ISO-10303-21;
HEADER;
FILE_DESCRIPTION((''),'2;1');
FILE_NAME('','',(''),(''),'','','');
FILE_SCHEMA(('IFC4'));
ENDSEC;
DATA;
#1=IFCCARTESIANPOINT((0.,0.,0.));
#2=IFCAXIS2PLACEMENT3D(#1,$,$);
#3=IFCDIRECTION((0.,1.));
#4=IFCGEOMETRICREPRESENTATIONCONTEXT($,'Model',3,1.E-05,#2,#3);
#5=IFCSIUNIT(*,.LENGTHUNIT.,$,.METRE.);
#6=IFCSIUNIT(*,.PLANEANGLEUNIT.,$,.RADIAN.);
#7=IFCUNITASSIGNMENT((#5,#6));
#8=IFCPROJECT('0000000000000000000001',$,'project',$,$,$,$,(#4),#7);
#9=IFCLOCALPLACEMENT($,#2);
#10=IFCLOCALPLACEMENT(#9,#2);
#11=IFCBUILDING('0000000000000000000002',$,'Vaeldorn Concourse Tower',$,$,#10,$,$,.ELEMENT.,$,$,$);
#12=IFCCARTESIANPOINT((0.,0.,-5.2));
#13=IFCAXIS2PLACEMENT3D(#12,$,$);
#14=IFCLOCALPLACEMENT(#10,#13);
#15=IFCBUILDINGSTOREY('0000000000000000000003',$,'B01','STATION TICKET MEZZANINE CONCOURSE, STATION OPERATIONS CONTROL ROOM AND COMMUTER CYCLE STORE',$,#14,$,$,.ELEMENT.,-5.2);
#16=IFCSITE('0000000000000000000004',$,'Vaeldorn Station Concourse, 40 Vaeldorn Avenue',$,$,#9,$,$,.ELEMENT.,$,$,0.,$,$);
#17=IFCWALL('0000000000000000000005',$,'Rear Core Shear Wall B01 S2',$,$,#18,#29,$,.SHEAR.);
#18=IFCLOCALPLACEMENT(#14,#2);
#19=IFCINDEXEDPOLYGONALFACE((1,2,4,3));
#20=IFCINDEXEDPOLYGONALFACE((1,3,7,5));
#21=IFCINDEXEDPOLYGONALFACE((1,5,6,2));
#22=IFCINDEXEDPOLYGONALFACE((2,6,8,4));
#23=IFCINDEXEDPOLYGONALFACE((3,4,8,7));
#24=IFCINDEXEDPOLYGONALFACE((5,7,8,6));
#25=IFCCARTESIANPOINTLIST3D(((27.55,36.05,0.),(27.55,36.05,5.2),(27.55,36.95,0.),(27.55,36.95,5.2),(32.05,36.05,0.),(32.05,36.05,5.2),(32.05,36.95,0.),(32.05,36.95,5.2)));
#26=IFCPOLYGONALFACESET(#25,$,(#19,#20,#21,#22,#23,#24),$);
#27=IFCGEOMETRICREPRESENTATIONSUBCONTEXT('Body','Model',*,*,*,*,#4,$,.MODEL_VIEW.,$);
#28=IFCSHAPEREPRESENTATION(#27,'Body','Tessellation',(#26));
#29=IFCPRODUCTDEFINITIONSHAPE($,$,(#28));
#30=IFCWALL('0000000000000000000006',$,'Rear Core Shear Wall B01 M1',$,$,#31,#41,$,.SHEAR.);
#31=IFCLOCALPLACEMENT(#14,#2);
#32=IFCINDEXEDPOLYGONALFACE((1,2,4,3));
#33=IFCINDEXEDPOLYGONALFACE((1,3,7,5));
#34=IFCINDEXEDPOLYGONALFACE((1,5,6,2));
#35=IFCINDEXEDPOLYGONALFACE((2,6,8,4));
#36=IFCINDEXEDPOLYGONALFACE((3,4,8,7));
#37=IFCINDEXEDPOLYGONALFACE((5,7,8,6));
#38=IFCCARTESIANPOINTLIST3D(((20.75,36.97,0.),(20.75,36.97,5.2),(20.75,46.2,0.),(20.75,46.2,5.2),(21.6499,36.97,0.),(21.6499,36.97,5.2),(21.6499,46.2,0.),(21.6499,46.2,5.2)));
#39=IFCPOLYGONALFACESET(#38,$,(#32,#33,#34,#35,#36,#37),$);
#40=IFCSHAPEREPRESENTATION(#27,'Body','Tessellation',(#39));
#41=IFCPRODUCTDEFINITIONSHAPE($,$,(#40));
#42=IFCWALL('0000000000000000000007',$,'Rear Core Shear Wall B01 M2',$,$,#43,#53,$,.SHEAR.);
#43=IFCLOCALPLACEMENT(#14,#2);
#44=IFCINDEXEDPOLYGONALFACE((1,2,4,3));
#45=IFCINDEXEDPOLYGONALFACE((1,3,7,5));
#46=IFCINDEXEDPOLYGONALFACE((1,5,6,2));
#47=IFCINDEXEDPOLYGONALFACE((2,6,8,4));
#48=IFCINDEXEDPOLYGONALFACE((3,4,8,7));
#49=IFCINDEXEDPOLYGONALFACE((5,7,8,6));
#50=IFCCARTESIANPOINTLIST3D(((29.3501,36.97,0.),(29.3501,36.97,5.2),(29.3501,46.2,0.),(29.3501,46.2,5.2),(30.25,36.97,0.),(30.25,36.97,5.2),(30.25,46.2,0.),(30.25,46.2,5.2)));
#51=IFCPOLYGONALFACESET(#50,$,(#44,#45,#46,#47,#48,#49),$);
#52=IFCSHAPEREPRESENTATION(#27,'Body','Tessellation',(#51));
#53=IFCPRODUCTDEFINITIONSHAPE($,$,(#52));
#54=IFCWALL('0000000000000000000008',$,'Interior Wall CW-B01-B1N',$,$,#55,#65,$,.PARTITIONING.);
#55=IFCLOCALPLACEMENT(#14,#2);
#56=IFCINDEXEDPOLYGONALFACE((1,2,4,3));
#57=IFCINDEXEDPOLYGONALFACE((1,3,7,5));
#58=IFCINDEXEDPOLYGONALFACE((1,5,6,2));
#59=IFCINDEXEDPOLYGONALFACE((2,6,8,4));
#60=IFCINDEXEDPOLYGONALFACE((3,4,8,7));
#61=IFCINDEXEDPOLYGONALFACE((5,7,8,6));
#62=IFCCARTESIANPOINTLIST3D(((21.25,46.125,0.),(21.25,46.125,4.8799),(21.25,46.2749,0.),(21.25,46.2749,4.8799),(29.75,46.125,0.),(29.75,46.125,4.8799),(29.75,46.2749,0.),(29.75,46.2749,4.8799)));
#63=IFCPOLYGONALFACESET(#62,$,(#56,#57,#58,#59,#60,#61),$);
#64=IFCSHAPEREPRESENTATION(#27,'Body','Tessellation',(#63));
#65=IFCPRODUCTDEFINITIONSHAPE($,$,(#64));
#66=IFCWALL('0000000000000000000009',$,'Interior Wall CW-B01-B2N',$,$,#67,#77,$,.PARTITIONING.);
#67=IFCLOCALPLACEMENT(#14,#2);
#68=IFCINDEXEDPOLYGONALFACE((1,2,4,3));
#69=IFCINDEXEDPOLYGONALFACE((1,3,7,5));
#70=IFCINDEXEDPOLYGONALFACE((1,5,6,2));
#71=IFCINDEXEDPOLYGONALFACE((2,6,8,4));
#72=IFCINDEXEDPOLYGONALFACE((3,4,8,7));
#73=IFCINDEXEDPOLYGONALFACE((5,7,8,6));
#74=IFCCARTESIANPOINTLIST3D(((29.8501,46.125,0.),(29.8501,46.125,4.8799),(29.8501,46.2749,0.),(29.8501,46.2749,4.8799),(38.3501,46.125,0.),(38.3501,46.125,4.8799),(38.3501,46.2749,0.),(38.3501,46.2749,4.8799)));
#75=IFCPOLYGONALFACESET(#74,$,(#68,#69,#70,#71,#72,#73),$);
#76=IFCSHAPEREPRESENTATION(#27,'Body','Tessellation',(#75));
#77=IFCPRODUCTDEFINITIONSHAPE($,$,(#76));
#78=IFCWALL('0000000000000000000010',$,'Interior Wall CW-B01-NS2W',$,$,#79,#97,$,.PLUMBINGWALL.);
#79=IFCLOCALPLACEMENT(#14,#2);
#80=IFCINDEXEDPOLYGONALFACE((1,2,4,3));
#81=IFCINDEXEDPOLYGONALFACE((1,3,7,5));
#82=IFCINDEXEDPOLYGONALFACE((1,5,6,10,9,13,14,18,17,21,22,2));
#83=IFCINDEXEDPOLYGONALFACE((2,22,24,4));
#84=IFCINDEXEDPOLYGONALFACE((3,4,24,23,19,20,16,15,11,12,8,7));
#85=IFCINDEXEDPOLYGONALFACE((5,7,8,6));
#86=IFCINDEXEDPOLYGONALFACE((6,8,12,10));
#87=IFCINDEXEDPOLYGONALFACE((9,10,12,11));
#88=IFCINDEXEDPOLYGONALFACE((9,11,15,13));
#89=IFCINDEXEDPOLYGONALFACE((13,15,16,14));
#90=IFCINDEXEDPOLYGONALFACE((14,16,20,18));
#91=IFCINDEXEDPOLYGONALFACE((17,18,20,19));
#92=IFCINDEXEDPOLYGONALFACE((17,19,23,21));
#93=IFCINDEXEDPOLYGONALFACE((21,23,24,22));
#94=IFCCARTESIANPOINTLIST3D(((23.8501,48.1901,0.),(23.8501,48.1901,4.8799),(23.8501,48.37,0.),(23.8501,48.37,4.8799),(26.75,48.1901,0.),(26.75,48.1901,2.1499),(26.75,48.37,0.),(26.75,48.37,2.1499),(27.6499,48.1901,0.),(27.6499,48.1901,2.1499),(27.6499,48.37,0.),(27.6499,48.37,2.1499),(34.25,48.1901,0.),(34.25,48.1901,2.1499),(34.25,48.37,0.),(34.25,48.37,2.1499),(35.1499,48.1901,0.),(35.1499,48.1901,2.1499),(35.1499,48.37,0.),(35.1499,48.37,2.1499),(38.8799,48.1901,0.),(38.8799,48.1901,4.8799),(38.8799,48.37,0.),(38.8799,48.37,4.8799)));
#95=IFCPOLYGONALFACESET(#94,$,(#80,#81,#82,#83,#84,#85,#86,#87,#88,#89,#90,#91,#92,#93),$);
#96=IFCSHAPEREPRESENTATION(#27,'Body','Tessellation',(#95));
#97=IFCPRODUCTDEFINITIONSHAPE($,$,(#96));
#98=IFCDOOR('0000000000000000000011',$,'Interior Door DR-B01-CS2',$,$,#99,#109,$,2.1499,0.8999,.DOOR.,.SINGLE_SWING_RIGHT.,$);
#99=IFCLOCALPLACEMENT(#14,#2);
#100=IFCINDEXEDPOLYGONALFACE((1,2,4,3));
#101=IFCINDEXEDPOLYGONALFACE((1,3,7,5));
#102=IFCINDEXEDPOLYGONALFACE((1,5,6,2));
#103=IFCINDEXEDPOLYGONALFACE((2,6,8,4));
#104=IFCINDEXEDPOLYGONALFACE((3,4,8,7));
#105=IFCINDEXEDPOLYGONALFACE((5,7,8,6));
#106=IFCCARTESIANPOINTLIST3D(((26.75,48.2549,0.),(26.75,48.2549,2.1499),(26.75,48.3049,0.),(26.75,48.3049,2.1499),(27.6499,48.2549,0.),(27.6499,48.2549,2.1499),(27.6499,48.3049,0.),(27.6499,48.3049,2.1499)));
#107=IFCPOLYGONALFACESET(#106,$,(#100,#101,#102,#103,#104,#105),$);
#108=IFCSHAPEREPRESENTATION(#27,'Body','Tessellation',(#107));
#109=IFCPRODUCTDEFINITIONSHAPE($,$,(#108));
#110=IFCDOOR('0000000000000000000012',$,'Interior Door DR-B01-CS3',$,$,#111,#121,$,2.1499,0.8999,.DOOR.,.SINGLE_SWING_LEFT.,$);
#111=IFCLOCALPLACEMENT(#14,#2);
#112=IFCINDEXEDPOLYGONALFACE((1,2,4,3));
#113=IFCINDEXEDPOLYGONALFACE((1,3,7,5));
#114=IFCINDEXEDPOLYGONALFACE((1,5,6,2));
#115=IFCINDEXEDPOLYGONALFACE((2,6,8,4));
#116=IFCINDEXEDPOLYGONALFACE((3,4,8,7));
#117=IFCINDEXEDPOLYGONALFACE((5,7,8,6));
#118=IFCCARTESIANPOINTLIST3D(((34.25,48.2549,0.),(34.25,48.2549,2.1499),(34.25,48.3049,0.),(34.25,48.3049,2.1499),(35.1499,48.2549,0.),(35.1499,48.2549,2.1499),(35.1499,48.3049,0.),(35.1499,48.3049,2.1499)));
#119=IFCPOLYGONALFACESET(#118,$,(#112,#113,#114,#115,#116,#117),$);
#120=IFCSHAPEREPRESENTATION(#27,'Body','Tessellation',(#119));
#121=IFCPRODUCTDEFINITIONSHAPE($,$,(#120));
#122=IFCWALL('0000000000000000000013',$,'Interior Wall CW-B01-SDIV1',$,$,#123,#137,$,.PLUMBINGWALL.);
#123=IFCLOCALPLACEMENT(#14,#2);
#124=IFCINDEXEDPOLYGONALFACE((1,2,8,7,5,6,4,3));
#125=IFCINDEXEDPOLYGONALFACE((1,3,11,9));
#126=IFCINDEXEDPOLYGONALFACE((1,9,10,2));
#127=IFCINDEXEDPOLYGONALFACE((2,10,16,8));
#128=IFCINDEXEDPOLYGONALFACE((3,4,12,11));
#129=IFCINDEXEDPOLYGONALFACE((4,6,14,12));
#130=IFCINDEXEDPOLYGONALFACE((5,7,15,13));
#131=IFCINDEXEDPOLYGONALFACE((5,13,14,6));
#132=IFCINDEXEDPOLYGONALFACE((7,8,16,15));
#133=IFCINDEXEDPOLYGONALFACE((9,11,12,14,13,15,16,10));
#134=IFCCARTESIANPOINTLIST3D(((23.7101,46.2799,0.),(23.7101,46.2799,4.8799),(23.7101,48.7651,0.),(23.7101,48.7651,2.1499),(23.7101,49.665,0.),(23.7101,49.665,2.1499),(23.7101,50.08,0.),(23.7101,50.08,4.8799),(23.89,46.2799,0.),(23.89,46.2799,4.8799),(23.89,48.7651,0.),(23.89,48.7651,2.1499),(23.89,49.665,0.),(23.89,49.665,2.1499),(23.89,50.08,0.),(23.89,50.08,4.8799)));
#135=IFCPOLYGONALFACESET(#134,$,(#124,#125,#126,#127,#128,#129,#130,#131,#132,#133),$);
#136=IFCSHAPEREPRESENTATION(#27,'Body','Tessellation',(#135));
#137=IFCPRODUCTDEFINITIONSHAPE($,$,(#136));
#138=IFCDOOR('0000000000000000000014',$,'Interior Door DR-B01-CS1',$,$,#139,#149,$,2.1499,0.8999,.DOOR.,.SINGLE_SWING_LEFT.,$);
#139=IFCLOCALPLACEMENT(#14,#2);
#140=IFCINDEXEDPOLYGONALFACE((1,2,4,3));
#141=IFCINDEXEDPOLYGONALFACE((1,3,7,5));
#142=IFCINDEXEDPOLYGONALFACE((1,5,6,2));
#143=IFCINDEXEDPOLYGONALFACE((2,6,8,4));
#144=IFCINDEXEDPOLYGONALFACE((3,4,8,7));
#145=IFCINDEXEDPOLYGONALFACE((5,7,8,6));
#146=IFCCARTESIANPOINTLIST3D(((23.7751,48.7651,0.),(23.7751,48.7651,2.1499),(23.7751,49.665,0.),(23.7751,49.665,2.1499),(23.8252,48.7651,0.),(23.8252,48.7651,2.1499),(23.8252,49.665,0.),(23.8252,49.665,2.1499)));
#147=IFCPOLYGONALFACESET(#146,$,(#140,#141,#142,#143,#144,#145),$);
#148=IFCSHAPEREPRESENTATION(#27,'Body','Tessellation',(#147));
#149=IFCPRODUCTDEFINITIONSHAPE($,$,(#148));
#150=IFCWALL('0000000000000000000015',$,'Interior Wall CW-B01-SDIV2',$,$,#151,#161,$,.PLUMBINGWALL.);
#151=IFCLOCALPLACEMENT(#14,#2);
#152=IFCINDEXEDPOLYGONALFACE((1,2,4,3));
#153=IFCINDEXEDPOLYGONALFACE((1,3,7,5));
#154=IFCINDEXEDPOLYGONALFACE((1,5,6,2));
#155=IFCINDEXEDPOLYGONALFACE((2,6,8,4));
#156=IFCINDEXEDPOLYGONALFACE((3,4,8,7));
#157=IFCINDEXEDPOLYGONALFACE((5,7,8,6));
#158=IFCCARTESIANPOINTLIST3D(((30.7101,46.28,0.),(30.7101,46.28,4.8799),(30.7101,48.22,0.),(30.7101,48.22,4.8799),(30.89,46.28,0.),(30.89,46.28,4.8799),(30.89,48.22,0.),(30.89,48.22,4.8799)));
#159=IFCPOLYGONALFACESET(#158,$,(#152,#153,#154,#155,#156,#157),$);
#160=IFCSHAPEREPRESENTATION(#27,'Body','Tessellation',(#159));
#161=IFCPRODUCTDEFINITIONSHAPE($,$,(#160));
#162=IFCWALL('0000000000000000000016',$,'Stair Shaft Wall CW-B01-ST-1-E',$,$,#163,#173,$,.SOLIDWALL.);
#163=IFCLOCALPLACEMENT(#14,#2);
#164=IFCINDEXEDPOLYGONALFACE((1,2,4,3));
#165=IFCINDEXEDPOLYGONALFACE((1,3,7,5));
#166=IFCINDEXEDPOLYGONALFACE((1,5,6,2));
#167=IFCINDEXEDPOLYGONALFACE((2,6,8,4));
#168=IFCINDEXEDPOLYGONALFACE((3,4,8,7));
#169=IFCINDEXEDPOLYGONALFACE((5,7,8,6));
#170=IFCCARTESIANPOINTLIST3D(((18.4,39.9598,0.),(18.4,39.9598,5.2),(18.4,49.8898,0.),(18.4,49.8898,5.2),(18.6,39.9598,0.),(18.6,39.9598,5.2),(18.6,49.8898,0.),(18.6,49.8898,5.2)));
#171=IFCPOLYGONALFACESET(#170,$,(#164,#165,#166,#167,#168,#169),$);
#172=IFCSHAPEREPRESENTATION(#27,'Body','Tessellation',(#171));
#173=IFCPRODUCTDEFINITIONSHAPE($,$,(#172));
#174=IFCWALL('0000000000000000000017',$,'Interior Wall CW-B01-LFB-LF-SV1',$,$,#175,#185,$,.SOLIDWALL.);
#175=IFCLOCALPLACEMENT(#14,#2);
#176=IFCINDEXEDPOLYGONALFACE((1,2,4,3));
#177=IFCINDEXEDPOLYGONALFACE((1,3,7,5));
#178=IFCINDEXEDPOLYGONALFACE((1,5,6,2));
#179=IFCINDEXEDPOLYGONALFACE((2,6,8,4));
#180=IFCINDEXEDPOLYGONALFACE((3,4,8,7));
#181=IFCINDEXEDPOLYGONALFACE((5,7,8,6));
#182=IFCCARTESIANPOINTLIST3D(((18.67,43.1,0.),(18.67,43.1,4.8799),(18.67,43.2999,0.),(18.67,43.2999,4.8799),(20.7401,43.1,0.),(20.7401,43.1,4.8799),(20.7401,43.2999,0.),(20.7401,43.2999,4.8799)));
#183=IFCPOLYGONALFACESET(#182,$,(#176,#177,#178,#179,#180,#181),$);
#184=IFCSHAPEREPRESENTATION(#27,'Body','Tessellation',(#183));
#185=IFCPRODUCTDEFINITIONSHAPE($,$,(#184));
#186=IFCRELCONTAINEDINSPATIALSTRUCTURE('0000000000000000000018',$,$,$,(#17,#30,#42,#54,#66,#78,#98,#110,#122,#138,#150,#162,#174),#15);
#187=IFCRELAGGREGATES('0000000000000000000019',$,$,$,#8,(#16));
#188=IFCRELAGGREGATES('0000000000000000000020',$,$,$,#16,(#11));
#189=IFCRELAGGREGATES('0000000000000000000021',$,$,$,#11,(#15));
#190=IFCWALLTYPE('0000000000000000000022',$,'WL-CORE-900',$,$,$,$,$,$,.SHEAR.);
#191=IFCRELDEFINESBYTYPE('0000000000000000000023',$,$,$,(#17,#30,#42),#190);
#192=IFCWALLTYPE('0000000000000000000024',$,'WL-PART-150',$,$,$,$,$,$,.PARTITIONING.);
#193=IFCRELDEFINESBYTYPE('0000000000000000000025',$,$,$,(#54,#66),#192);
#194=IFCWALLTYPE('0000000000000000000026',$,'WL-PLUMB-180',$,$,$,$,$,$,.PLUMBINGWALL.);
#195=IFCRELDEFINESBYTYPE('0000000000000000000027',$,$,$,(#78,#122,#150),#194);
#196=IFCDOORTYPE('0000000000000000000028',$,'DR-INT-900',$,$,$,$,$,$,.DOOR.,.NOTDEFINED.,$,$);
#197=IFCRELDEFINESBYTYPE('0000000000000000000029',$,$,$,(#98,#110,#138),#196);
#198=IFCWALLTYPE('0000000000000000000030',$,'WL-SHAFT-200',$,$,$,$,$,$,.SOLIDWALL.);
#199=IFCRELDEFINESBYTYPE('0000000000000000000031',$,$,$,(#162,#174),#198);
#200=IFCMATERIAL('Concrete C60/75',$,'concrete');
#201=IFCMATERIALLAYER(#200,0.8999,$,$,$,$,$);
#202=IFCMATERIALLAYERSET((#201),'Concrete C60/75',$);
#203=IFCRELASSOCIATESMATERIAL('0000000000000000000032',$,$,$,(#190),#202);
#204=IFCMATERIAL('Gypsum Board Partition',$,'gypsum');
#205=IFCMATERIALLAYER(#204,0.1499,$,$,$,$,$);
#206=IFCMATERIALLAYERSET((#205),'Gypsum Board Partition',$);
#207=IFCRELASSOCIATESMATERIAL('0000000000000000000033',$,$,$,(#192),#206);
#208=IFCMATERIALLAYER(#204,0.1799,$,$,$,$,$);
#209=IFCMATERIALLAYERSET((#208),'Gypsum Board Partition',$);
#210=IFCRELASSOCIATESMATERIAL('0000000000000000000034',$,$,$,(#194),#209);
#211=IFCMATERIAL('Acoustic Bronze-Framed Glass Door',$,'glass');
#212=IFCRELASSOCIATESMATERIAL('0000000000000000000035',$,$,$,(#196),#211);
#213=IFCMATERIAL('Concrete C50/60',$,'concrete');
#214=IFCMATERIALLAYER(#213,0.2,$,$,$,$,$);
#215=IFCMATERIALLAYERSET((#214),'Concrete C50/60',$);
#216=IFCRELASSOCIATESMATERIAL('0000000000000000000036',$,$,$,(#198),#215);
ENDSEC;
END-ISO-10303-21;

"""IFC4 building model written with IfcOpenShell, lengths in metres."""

from ifc_helpers import new_model, si_unit, direction, frame, frame_2d, origin, place, context, subcontext, project, spatial, rectangle, extrude, source, transform, mapped, material, layer, layer_set, type_object, element, fill, save


model = new_model("IFC4")

# Units and contexts
model_context = context("Model", 3, precision=1e-05, world=origin(), true_north=direction((0.0, 1.0)))
body_context = subcontext(model_context, "Body", "Model", "MODEL_VIEW")
ifc_project = project(units=[si_unit("LENGTHUNIT", "METRE"), si_unit("PLANEANGLEUNIT", "RADIAN")], contexts=[model_context])

# Site, building, storey
site_placement = place(None, origin())
site = spatial("IfcSite", under=ifc_project, at=site_placement, Name="Vaeldorn Station Concourse, 40 Vaeldorn Avenue", CompositionType="ELEMENT", RefElevation=0.0)
building_placement = place(site_placement, origin())
building = spatial("IfcBuilding", under=site, at=building_placement, Name="Vaeldorn Concourse Tower", CompositionType="ELEMENT")
storey_placement = place(building_placement, frame((0.0, 0.0, -5.2)))
storey = spatial("IfcBuildingStorey", under=building, at=storey_placement, Name="B01", Description="STATION TICKET MEZZANINE CONCOURSE, STATION OPERATIONS CONTROL ROOM AND COMMUTER CYCLE STORE", CompositionType="ELEMENT", Elevation=-5.2)

# Walls
ifc_material_1 = material(Name="Concrete C60/75", Category="concrete")
ifc_layer_1 = layer(ifc_material_1, 0.8999)
ifc_layer_set_1 = layer_set([ifc_layer_1], Name="Concrete C60/75")
wall_type_1 = type_object("IfcWallType", Name="WL-CORE-900", PredefinedType="SHEAR", material=ifc_layer_set_1)
wall_1_placement = place(storey_placement, frame((27.55, 36.5, 0.0), z_axis=(0.0, 0.0, 1.0), x_axis=(1.0, 0.0, 0.0)))
element("IfcWall", 1, at=wall_1_placement, inside=storey, type_object=wall_type_1, Name="Rear Core Shear Wall B01 S2", PredefinedType="SHEAR", context=body_context, shape_type="SweptSolid", body=[
    extrude(rectangle(XDim=4.5, YDim=0.8999, at=frame_2d((2.25, 0.0))), origin(), (0.0, 0.0, 1.0), 5.2),
])
for number, where, z_axis, x_axis, name in (
    (2, (21.2, 36.97, 0.0), (0.0, 0.0, 1.0), (0.0, 1.0, 0.0), "Rear Core Shear Wall B01 M1"),
    (3, (29.8, 36.97, 0.0), (0.0, 0.0, 1.0), (0.0, 1.0, 0.0), "Rear Core Shear Wall B01 M2"),
):
    element("IfcWall", number, at=place(storey_placement, frame(where, z_axis=z_axis, x_axis=x_axis)), inside=storey, type_object=wall_type_1, Name=name, PredefinedType="SHEAR", context=body_context, shape_type="SweptSolid", body=[
        extrude(rectangle(XDim=9.23, YDim=0.8999, at=frame_2d((4.615, 0.0))), origin(), (0.0, 0.0, 1.0), 5.2),
    ])
ifc_material_2 = material(Name="Gypsum Board Partition", Category="gypsum")
ifc_layer_2 = layer(ifc_material_2, 0.1499)
ifc_layer_set_2 = layer_set([ifc_layer_2], Name="Gypsum Board Partition")
wall_type_2 = type_object("IfcWallType", Name="WL-PART-150", PredefinedType="PARTITIONING", material=ifc_layer_set_2)
for number, where, z_axis, x_axis, name in (
    (4, (21.25, 46.2, 0.0), (0.0, 0.0, 1.0), (1.0, 0.0, 0.0), "Interior Wall CW-B01-B1N"),
    (5, (29.8501, 46.2, 0.0), (0.0, 0.0, 1.0), (1.0, 0.0, 0.0), "Interior Wall CW-B01-B2N"),
):
    element("IfcWall", number, at=place(storey_placement, frame(where, z_axis=z_axis, x_axis=x_axis)), inside=storey, type_object=wall_type_2, Name=name, PredefinedType="PARTITIONING", context=body_context, shape_type="SweptSolid", body=[
        extrude(rectangle(XDim=8.5, YDim=0.1499, at=frame_2d((4.25, 0.0))), origin(), (0.0, 0.0, 1.0), 4.8799),
    ])

# Wall, openings, doors
ifc_layer_3 = layer(ifc_material_2, 0.1799)
ifc_layer_set_3 = layer_set([ifc_layer_3], Name="Gypsum Board Partition")
wall_type_3 = type_object("IfcWallType", Name="WL-PLUMB-180", PredefinedType="PLUMBINGWALL", material=ifc_layer_set_3)
wall_2_placement = place(storey_placement, frame((23.8501, 48.28, 0.0), z_axis=(0.0, 0.0, 1.0), x_axis=(1.0, 0.0, 0.0)))
wall_2 = element("IfcWall", 6, at=wall_2_placement, inside=storey, type_object=wall_type_3, Name="Interior Wall CW-B01-NS2W", PredefinedType="PLUMBINGWALL", context=body_context, shape_type="SweptSolid", body=[
    extrude(rectangle(XDim=15.0298, YDim=0.1799, at=frame_2d((7.5149, 0.0))), origin(), (0.0, 0.0, 1.0), 4.8799),
])
opening_1_placement = place(wall_2_placement, frame((2.8999, 0.0, 0.0)))
opening_1 = element("IfcOpeningElement", 7, at=opening_1_placement, cuts=wall_2, PredefinedType="OPENING", context=body_context, shape_type="SweptSolid", body=[
    extrude(rectangle(XDim=0.8999, YDim=2.1499, at=frame_2d((0.45, 1.075))), frame((0.0, 0.1001, 0.0), z_axis=(0.0, -1.0, 0.0), x_axis=(1.0, 0.0, 0.0)), (0.0, 0.0, 1.0), 0.2),
])
opening_2_placement = place(wall_2_placement, frame((10.3999, 0.0, 0.0)))
opening_2 = element("IfcOpeningElement", 8, at=opening_2_placement, cuts=wall_2, PredefinedType="OPENING", context=body_context, shape_type="SweptSolid", body=[
    extrude(rectangle(XDim=0.8999, YDim=2.1499, at=frame_2d((0.45, 1.075))), frame((0.0, 0.1001, 0.0), z_axis=(0.0, -1.0, 0.0), x_axis=(1.0, 0.0, 0.0)), (0.0, 0.0, 1.0), 0.2),
])
ifc_material_3 = material(Name="Acoustic Bronze-Framed Glass Door", Category="glass")
door_type_1 = type_object("IfcDoorType", Name="DR-INT-900", OperationType="NOTDEFINED", PredefinedType="DOOR", material=ifc_material_3)
shared_shape_1 = source(origin(), body_context, "Body", "SweptSolid", [
    extrude(rectangle(XDim=0.8999, YDim=2.1499, at=frame_2d((0.45, 1.075))), frame((0.0, 0.0249, 0.0), z_axis=(0.0, -1.0, 0.0), x_axis=(1.0, 0.0, 0.0)), (0.0, 0.0, 1.0), 0.05),
])
door_1_placement = place(opening_1_placement, origin())
door_1 = element("IfcDoor", 9, at=door_1_placement, inside=storey, type_object=door_type_1, Name="Interior Door DR-B01-CS2", OperationType="SINGLE_SWING_RIGHT", OverallHeight=2.1499, OverallWidth=0.8999, PredefinedType="DOOR", context=body_context, shape_type="MappedRepresentation", body=[
    mapped(shared_shape_1, transform((0.0, 0.0, 0.0), scale=1.0)),
])
fill(opening_1, door_1)
door_2_placement = place(opening_2_placement, origin())
door_2 = element("IfcDoor", 10, at=door_2_placement, inside=storey, type_object=door_type_1, Name="Interior Door DR-B01-CS3", OperationType="SINGLE_SWING_LEFT", OverallHeight=2.1499, OverallWidth=0.8999, PredefinedType="DOOR", context=body_context, shape_type="MappedRepresentation", body=[
    mapped(shared_shape_1, transform((0.0, 0.0, 0.0), scale=1.0)),
])
fill(opening_2, door_2)

# Wall, opening, door
wall_3_placement = place(storey_placement, frame((23.8, 46.28, 0.0), z_axis=(0.0, 0.0, 1.0), x_axis=(0.0, 1.0, 0.0)))
wall_3 = element("IfcWall", 11, at=wall_3_placement, inside=storey, type_object=wall_type_3, Name="Interior Wall CW-B01-SDIV1", PredefinedType="PLUMBINGWALL", context=body_context, shape_type="SweptSolid", body=[
    extrude(rectangle(XDim=3.8, YDim=0.1799, at=frame_2d((1.8999, 0.0))), origin(), (0.0, 0.0, 1.0), 4.8799),
])
opening_3_placement = place(wall_3_placement, frame((2.4851, 0.0, 0.0)))
opening_3 = element("IfcOpeningElement", 12, at=opening_3_placement, cuts=wall_3, PredefinedType="OPENING", context=body_context, shape_type="SweptSolid", body=[
    extrude(rectangle(XDim=0.8999, YDim=2.1499, at=frame_2d((0.45, 1.075))), frame((0.0, 0.1001, 0.0), z_axis=(0.0, -1.0, 0.0), x_axis=(1.0, 0.0, 0.0)), (0.0, 0.0, 1.0), 0.2),
])
door_3_placement = place(opening_3_placement, origin())
door_3 = element("IfcDoor", 13, at=door_3_placement, inside=storey, type_object=door_type_1, Name="Interior Door DR-B01-CS1", OperationType="SINGLE_SWING_LEFT", OverallHeight=2.1499, OverallWidth=0.8999, PredefinedType="DOOR", context=body_context, shape_type="MappedRepresentation", body=[
    mapped(shared_shape_1, transform((0.0, 0.0, 0.0), scale=1.0)),
])
fill(opening_3, door_3)

# Walls
wall_4_placement = place(storey_placement, frame((30.8, 46.28, 0.0), z_axis=(0.0, 0.0, 1.0), x_axis=(0.0, 1.0, 0.0)))
element("IfcWall", 14, at=wall_4_placement, inside=storey, type_object=wall_type_3, Name="Interior Wall CW-B01-SDIV2", PredefinedType="PLUMBINGWALL", context=body_context, shape_type="SweptSolid", body=[
    extrude(rectangle(XDim=1.9399, YDim=0.1799, at=frame_2d((0.97, 0.0))), origin(), (0.0, 0.0, 1.0), 4.8799),
])
ifc_material_4 = material(Name="Concrete C50/60", Category="concrete")
ifc_layer_4 = layer(ifc_material_4, 0.2)
ifc_layer_set_4 = layer_set([ifc_layer_4], Name="Concrete C50/60")
wall_type_4 = type_object("IfcWallType", Name="WL-SHAFT-200", PredefinedType="SOLIDWALL", material=ifc_layer_set_4)
wall_5_placement = place(storey_placement, frame((18.5, 39.96, 0.0), z_axis=(0.0, 0.0, 1.0), x_axis=(0.0, 1.0, 0.0)))
element("IfcWall", 15, at=wall_5_placement, inside=storey, type_object=wall_type_4, Name="Stair Shaft Wall CW-B01-ST-1-E", PredefinedType="SOLIDWALL", context=body_context, shape_type="SweptSolid", body=[
    extrude(rectangle(XDim=9.9299, YDim=0.2, at=frame_2d((4.9648, 0.0))), origin(), (0.0, 0.0, 1.0), 5.2),
])

# Wall
wall_6_placement = place(storey_placement, frame((18.6699, 43.2, 0.0), z_axis=(0.0, 0.0, 1.0), x_axis=(1.0, 0.0, 0.0)))
element("IfcWall", 16, at=wall_6_placement, inside=storey, type_object=wall_type_4, Name="Interior Wall CW-B01-LFB-LF-SV1", PredefinedType="SOLIDWALL", context=body_context, shape_type="SweptSolid", body=[
    extrude(rectangle(XDim=2.0701, YDim=0.2, at=frame_2d((1.0352, 0.0))), origin(), (0.0, 0.0, 1.0), 4.8799),
])

save(model, "model.ifc")
